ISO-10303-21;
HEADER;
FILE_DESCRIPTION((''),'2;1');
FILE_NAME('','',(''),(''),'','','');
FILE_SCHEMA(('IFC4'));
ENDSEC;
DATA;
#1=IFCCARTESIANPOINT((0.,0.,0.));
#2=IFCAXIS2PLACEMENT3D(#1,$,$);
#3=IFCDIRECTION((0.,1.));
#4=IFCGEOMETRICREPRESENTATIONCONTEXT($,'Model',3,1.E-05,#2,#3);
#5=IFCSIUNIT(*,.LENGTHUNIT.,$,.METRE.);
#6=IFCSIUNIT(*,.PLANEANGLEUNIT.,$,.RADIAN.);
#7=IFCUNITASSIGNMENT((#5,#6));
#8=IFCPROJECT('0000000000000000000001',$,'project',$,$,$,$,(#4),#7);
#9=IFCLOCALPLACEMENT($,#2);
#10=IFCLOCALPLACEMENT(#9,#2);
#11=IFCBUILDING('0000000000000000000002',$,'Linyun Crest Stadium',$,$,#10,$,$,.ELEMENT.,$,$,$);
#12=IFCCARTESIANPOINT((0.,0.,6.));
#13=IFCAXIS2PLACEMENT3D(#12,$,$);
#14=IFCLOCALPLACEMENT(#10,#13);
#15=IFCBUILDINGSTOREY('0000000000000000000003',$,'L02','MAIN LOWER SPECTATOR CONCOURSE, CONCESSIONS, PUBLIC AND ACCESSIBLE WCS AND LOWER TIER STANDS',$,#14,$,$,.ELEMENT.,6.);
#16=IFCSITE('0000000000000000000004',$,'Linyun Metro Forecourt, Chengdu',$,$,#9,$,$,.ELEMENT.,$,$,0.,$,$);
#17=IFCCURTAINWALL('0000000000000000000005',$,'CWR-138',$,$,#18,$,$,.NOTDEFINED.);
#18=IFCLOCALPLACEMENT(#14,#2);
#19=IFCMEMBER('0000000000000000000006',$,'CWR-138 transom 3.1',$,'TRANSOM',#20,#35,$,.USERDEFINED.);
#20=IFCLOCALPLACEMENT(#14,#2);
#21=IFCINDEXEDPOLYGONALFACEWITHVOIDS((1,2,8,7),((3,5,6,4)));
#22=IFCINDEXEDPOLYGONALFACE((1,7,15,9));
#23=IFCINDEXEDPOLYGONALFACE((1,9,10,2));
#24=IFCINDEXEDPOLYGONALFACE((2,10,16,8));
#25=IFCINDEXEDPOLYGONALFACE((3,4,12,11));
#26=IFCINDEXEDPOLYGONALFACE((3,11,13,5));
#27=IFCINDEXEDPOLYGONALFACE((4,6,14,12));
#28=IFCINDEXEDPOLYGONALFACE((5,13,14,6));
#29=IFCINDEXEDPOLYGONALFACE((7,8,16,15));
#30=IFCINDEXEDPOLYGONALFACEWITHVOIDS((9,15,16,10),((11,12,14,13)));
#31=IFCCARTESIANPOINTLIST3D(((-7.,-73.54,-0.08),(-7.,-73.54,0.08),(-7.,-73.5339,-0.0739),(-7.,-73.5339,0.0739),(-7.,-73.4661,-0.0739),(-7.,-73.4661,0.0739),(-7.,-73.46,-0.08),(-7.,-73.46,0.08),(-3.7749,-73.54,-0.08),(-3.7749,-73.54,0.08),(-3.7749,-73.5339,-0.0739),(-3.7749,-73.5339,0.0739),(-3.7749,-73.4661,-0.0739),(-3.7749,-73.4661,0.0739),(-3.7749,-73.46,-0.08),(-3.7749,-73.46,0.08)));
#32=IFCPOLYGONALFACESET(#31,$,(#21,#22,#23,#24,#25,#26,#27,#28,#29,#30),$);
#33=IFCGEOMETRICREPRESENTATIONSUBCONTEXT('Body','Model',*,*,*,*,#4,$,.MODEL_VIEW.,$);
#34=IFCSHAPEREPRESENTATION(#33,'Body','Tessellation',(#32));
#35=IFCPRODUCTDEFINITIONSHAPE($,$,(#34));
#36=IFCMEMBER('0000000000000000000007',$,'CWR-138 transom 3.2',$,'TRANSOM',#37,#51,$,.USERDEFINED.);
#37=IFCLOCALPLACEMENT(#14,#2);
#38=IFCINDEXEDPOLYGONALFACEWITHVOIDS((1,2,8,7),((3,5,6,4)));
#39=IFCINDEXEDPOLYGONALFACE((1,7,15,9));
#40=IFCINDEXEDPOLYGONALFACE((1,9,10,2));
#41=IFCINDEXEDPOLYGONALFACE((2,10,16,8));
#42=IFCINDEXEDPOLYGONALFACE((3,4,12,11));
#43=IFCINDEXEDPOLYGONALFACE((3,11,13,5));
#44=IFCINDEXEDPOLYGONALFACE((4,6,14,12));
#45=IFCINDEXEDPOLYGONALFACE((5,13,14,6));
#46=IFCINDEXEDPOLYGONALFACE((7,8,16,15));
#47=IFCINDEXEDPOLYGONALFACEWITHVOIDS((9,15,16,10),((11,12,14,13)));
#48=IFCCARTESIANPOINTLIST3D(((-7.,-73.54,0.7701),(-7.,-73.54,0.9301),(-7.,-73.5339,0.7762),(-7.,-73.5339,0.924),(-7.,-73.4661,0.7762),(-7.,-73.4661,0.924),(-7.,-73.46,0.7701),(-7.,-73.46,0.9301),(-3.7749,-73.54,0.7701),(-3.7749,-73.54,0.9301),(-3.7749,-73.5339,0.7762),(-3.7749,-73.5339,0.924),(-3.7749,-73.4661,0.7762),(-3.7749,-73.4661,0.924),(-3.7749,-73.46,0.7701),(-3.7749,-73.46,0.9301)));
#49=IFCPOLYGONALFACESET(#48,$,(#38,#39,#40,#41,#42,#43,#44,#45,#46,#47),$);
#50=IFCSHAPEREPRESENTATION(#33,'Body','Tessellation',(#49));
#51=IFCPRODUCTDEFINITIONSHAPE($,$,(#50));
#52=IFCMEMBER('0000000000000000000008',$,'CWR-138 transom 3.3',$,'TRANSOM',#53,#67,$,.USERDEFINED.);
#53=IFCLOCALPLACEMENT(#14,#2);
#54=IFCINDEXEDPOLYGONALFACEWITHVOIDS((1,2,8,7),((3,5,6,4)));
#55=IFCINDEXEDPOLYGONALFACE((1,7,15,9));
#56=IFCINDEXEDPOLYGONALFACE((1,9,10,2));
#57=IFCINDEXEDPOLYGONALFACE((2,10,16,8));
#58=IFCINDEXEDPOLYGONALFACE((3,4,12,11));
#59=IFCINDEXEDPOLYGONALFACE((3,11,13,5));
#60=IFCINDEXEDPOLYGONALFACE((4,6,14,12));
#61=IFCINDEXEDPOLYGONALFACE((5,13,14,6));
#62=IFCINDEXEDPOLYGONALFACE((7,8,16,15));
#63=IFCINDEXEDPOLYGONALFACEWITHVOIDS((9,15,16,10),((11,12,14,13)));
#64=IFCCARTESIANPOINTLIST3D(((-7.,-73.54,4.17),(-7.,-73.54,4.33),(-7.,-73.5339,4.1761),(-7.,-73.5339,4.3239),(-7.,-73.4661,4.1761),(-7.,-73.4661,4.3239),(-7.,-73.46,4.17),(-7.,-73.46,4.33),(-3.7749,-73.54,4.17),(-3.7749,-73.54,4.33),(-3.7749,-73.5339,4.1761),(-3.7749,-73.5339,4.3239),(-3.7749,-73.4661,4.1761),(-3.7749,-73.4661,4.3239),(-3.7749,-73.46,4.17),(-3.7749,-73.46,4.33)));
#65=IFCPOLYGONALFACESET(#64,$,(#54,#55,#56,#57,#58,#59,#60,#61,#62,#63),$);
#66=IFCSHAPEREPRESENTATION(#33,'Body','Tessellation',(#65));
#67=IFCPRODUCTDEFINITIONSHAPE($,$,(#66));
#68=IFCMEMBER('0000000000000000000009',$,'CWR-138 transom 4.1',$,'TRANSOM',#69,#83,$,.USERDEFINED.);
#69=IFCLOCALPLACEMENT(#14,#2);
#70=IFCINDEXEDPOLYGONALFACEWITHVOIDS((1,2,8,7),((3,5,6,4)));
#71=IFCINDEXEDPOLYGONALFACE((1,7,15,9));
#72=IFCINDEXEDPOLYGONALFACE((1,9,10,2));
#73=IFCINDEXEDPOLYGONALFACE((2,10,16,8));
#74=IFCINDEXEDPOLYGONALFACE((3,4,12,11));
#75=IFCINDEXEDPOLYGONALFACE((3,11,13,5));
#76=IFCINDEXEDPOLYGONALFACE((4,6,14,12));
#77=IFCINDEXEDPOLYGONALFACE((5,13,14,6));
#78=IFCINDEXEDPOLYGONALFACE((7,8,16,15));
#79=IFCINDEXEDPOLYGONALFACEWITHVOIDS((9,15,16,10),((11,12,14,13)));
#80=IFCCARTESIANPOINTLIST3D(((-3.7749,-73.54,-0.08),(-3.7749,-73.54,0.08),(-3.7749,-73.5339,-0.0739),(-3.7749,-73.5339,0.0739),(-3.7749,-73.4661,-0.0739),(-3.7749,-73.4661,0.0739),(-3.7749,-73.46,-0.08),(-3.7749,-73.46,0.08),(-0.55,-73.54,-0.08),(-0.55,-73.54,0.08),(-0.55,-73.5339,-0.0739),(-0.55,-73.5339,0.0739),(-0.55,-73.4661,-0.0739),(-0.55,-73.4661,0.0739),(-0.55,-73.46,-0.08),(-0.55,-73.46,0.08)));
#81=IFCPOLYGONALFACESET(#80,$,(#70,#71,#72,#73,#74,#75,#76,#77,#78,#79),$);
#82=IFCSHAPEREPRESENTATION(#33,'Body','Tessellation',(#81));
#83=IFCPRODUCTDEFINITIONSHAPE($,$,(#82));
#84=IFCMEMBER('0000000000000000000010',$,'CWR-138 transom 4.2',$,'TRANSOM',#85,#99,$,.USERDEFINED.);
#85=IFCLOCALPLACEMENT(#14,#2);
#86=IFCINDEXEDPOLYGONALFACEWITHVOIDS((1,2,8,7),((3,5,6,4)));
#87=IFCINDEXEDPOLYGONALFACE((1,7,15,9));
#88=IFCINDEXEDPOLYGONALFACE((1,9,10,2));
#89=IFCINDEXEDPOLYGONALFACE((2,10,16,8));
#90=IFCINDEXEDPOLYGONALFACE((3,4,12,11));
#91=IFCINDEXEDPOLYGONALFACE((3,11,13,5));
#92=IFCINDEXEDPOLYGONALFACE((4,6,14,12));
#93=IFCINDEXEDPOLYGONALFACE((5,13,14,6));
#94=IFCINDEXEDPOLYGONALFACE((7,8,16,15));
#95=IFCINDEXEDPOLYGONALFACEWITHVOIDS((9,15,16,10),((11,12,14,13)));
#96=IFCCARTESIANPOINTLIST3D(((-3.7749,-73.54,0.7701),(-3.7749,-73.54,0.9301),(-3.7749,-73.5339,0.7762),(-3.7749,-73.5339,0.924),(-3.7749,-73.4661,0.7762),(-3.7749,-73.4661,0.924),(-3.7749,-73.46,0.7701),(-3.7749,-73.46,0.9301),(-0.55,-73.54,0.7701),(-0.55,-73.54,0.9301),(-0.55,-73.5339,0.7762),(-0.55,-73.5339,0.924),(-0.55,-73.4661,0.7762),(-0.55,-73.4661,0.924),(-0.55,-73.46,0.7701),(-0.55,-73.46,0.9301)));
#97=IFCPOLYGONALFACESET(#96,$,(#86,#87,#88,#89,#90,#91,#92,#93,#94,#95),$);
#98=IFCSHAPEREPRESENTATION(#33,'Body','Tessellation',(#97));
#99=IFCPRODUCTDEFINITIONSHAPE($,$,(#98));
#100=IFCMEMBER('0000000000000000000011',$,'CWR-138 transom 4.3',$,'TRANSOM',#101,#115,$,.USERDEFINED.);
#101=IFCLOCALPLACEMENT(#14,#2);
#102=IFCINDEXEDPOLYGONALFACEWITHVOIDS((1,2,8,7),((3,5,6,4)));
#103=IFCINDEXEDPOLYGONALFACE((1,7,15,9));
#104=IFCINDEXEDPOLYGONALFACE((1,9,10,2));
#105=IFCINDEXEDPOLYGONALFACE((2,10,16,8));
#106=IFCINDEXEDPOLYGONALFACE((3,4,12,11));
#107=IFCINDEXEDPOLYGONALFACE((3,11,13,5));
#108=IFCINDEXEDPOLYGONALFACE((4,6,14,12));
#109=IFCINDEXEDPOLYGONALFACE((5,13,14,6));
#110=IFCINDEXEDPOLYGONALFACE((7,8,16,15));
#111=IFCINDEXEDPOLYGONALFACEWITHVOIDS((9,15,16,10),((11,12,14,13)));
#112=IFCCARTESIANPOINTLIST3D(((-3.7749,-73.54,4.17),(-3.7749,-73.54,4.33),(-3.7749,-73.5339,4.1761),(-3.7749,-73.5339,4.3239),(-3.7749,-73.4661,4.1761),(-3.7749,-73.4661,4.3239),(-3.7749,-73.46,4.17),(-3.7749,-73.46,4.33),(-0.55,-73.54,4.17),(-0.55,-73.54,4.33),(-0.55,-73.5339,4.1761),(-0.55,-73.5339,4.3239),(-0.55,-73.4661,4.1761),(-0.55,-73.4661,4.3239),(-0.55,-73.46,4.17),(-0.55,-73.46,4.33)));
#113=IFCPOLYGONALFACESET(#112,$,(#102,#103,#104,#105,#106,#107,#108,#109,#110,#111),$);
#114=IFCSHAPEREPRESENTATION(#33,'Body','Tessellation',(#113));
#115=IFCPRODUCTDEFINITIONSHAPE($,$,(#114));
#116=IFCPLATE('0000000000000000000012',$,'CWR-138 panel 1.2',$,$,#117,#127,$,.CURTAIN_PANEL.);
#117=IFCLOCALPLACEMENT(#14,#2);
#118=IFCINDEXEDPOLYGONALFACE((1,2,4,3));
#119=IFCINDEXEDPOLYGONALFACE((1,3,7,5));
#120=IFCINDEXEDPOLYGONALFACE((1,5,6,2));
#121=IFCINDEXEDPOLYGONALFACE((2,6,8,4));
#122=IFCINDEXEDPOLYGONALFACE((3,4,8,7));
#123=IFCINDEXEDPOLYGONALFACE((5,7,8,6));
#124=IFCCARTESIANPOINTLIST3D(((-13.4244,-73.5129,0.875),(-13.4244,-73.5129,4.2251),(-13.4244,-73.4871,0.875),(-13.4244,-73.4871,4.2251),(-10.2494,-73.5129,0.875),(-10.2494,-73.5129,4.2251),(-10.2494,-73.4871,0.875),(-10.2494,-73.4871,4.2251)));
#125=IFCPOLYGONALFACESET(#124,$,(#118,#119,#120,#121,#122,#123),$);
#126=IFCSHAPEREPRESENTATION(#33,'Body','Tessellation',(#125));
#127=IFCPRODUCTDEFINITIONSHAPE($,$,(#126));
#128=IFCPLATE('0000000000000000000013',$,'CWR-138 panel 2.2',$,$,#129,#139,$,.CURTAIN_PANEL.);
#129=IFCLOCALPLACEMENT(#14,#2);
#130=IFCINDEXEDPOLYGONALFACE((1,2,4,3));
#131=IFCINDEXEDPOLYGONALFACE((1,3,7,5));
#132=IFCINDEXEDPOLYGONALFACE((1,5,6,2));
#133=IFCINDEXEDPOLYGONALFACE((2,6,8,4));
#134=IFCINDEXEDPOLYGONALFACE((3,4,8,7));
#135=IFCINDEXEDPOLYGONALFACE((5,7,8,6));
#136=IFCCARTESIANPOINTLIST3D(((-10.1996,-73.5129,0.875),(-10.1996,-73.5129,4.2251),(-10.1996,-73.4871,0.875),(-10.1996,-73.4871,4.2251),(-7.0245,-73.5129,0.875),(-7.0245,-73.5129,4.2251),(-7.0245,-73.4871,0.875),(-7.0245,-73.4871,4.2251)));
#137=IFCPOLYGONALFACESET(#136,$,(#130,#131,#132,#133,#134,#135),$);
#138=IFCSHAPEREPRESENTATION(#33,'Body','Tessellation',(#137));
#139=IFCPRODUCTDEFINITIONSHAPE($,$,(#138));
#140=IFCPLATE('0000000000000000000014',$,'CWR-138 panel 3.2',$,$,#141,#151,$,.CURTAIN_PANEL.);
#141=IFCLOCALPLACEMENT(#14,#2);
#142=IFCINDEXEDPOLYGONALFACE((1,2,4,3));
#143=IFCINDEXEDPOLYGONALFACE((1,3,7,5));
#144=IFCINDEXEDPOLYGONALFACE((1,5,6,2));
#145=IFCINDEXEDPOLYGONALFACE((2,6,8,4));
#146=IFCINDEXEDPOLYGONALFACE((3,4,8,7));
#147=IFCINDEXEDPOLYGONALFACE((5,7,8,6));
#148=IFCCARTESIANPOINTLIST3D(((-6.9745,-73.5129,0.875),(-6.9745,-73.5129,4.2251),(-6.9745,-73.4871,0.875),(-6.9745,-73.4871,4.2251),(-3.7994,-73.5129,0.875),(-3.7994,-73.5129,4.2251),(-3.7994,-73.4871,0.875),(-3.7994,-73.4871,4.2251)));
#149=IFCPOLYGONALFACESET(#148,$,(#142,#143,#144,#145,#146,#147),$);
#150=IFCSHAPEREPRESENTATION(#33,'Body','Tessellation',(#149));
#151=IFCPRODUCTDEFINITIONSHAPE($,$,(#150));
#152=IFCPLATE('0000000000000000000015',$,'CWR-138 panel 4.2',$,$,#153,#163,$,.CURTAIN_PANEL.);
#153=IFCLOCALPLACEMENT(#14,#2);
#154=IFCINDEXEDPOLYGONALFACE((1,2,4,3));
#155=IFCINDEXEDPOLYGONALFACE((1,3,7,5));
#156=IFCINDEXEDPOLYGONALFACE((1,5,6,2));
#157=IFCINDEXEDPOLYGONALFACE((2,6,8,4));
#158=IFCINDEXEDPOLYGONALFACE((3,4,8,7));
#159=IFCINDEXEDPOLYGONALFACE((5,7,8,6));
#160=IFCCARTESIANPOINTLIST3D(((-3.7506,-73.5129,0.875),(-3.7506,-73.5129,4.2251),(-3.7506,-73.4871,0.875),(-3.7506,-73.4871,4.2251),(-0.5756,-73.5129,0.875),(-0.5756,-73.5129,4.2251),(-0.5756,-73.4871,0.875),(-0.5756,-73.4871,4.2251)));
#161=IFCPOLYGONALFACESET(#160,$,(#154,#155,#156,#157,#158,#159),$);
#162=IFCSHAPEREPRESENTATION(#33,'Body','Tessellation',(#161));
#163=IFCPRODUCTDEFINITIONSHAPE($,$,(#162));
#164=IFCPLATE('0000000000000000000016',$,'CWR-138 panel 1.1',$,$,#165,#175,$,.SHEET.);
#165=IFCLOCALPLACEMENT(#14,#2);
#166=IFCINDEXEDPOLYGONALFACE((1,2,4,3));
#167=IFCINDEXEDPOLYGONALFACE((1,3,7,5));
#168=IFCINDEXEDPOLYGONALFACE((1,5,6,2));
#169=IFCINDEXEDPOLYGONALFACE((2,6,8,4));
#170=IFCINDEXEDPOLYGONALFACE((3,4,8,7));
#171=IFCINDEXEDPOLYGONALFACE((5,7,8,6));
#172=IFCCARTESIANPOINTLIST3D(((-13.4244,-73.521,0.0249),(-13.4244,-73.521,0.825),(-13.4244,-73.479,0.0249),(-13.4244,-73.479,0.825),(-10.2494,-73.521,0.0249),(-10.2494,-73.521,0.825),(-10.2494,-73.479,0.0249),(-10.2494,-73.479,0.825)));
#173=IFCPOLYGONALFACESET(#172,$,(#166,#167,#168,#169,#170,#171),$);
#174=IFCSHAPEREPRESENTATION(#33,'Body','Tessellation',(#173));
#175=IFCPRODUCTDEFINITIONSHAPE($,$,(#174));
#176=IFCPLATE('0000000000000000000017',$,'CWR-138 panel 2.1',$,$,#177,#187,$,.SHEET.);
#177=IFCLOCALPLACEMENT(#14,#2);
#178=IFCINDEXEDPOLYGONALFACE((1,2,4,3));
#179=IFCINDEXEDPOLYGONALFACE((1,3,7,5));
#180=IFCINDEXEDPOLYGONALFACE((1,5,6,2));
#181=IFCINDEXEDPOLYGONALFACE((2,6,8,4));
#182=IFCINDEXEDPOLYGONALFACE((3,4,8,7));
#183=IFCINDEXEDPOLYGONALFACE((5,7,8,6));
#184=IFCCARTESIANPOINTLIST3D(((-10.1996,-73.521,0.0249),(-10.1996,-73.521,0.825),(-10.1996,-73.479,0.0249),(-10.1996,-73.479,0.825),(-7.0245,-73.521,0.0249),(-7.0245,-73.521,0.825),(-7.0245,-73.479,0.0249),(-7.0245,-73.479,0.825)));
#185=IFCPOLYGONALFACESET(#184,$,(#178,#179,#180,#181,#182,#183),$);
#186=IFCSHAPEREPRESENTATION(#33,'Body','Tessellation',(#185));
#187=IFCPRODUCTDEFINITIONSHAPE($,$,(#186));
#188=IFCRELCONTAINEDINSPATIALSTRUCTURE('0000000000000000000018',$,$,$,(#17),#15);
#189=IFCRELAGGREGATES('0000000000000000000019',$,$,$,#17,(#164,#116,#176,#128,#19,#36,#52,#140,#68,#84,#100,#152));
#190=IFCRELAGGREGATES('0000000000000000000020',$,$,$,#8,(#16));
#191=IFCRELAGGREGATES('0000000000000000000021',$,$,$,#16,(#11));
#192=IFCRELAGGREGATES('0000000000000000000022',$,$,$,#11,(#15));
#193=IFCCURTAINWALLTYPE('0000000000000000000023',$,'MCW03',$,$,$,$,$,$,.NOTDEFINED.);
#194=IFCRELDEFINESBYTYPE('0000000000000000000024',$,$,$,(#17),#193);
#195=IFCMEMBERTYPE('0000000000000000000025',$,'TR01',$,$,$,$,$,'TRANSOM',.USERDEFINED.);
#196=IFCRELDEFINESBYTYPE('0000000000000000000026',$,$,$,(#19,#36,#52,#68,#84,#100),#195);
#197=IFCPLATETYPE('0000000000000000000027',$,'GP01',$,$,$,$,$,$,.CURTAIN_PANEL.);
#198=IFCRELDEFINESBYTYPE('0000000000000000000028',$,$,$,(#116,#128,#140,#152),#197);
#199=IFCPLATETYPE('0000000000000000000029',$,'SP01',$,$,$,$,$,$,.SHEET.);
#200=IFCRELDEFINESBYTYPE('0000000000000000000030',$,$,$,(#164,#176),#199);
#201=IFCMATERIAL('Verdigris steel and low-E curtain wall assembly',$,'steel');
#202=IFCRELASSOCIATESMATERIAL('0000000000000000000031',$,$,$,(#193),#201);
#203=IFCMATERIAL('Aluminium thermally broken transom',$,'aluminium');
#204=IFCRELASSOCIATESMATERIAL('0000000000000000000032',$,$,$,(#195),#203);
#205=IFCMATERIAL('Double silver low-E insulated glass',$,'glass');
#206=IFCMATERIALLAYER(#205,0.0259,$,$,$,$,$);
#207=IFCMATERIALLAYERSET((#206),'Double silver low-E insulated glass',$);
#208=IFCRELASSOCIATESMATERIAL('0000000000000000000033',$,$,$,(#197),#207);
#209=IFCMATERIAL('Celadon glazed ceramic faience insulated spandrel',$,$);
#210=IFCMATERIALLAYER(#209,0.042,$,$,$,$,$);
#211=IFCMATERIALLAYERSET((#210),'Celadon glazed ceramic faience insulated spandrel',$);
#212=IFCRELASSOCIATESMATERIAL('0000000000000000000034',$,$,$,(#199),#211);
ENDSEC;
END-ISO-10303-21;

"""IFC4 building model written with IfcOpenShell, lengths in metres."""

from ifc_helpers import new_model, si_unit, direction, frame, origin, origin_2d, place, context, subcontext, project, spatial, rectangle, hollow_rectangle, extrude, material, layer, layer_set, material_profile, profile_set, type_object, element, aggregate, save


model = new_model("IFC4")

# Units and contexts
model_context = context("Model", 3, precision=1e-05, world=origin(), true_north=direction((0.0, 1.0)))
body_context = subcontext(model_context, "Body", "Model", "MODEL_VIEW")
ifc_project = project(units=[si_unit("LENGTHUNIT", "METRE"), si_unit("PLANEANGLEUNIT", "RADIAN")], contexts=[model_context])

# Site, building, storey
site_placement = place(None, origin())
site = spatial("IfcSite", under=ifc_project, at=site_placement, Name="Linyun Metro Forecourt, Chengdu", CompositionType="ELEMENT", RefElevation=0.0)
building_placement = place(site_placement, origin())
building = spatial("IfcBuilding", under=site, at=building_placement, Name="Linyun Crest Stadium", CompositionType="ELEMENT")
storey_placement = place(building_placement, frame((0.0, 0.0, 6.0)))
storey = spatial("IfcBuildingStorey", under=building, at=storey_placement, Name="L02", Description="MAIN LOWER SPECTATOR CONCOURSE, CONCESSIONS, PUBLIC AND ACCESSIBLE WCS AND LOWER TIER STANDS", CompositionType="ELEMENT", Elevation=6.0)

# Curtain wall, members, plates
ifc_material_1 = material(Name="Verdigris steel and low-E curtain wall assembly", Category="steel")
curtain_wall_type = type_object("IfcCurtainWallType", Name="MCW03", PredefinedType="NOTDEFINED", material=ifc_material_1)
curtain_wall_placement = place(storey_placement, origin())
curtain_wall = element("IfcCurtainWall", 1, at=curtain_wall_placement, inside=storey, type_object=curtain_wall_type, Name="CWR-138", PredefinedType="NOTDEFINED")
ifc_material_2 = material(Name="Aluminium thermally broken transom", Category="aluminium")
ifc_material_profile_1 = material_profile(ifc_material_2, hollow_rectangle(XDim=0.0801, YDim=0.1599, WallThickness=0.0061, at=origin_2d()), Name="RHS 160x80x6")
ifc_profile_set_1 = profile_set([ifc_material_profile_1], Name="Aluminium thermally broken transom")
member_type_1 = type_object("IfcMemberType", Name="TR01", ElementType="TRANSOM", PredefinedType="USERDEFINED", material=ifc_profile_set_1)
member_1_placement = place(storey_placement, frame((-7.0, -73.5, 0.0), z_axis=(1.0, 0.0, 0.0), x_axis=(0.0, 1.0, 0.0)))
member_1 = element("IfcMember", 2, at=member_1_placement, type_object=member_type_1, Name="CWR-138 transom 3.1", ObjectType="TRANSOM", PredefinedType="USERDEFINED", context=body_context, shape_type="SweptSolid", body=[
    extrude(hollow_rectangle(XDim=0.0801, YDim=0.1599, WallThickness=0.0061, at=origin_2d()), origin(), (0.0, 0.0, 1.0), 3.2251),
])
member_2_placement = place(storey_placement, frame((-7.0, -73.5, 0.8501), z_axis=(1.0, 0.0, 0.0), x_axis=(0.0, 1.0, 0.0)))
member_2 = element("IfcMember", 3, at=member_2_placement, type_object=member_type_1, Name="CWR-138 transom 3.2", ObjectType="TRANSOM", PredefinedType="USERDEFINED", context=body_context, shape_type="SweptSolid", body=[
    extrude(hollow_rectangle(XDim=0.0801, YDim=0.1599, WallThickness=0.0061, at=origin_2d()), origin(), (0.0, 0.0, 1.0), 3.2251),
])
member_3_placement = place(storey_placement, frame((-7.0, -73.5, 4.25), z_axis=(1.0, 0.0, 0.0), x_axis=(0.0, 1.0, 0.0)))
member_3 = element("IfcMember", 4, at=member_3_placement, type_object=member_type_1, Name="CWR-138 transom 3.3", ObjectType="TRANSOM", PredefinedType="USERDEFINED", context=body_context, shape_type="SweptSolid", body=[
    extrude(hollow_rectangle(XDim=0.0801, YDim=0.1599, WallThickness=0.0061, at=origin_2d()), origin(), (0.0, 0.0, 1.0), 3.2251),
])
member_4_placement = place(storey_placement, frame((-3.7749, -73.5, 0.0), z_axis=(1.0, 0.0, 0.0), x_axis=(0.0, 1.0, 0.0)))
member_4 = element("IfcMember", 5, at=member_4_placement, type_object=member_type_1, Name="CWR-138 transom 4.1", ObjectType="TRANSOM", PredefinedType="USERDEFINED", context=body_context, shape_type="SweptSolid", body=[
    extrude(hollow_rectangle(XDim=0.0801, YDim=0.1599, WallThickness=0.0061, at=origin_2d()), origin(), (0.0, 0.0, 1.0), 3.2249),
])
member_5_placement = place(storey_placement, frame((-3.7749, -73.5, 0.8501), z_axis=(1.0, 0.0, 0.0), x_axis=(0.0, 1.0, 0.0)))
member_5 = element("IfcMember", 6, at=member_5_placement, type_object=member_type_1, Name="CWR-138 transom 4.2", ObjectType="TRANSOM", PredefinedType="USERDEFINED", context=body_context, shape_type="SweptSolid", body=[
    extrude(hollow_rectangle(XDim=0.0801, YDim=0.1599, WallThickness=0.0061, at=origin_2d()), origin(), (0.0, 0.0, 1.0), 3.2249),
])
member_6_placement = place(storey_placement, frame((-3.7749, -73.5, 4.25), z_axis=(1.0, 0.0, 0.0), x_axis=(0.0, 1.0, 0.0)))
member_6 = element("IfcMember", 7, at=member_6_placement, type_object=member_type_1, Name="CWR-138 transom 4.3", ObjectType="TRANSOM", PredefinedType="USERDEFINED", context=body_context, shape_type="SweptSolid", body=[
    extrude(hollow_rectangle(XDim=0.0801, YDim=0.1599, WallThickness=0.0061, at=origin_2d()), origin(), (0.0, 0.0, 1.0), 3.2249),
])
ifc_material_3 = material(Name="Double silver low-E insulated glass", Category="glass")
ifc_layer_1 = layer(ifc_material_3, 0.0259)
ifc_layer_set_1 = layer_set([ifc_layer_1], Name="Double silver low-E insulated glass")
plate_type_1 = type_object("IfcPlateType", Name="GP01", PredefinedType="CURTAIN_PANEL", material=ifc_layer_set_1)
plate_1_placement = place(storey_placement, frame((-11.8369, -73.5, 0.875), z_axis=(0.0, 0.0, 1.0), x_axis=(1.0, 0.0, 0.0)))
plate_1 = element("IfcPlate", 8, at=plate_1_placement, type_object=plate_type_1, Name="CWR-138 panel 1.2", PredefinedType="CURTAIN_PANEL", context=body_context, shape_type="SweptSolid", body=[
    extrude(rectangle(XDim=3.175, YDim=0.0259, at=origin_2d()), origin(), (0.0, 0.0, 1.0), 3.3501),
])
plate_2_placement = place(storey_placement, frame((-8.6121, -73.5, 0.875), z_axis=(0.0, 0.0, 1.0), x_axis=(1.0, 0.0, 0.0)))
plate_2 = element("IfcPlate", 9, at=plate_2_placement, type_object=plate_type_1, Name="CWR-138 panel 2.2", PredefinedType="CURTAIN_PANEL", context=body_context, shape_type="SweptSolid", body=[
    extrude(rectangle(XDim=3.175, YDim=0.0259, at=origin_2d()), origin(), (0.0, 0.0, 1.0), 3.3501),
])
plate_3_placement = place(storey_placement, frame((-5.387, -73.5, 0.875), z_axis=(0.0, 0.0, 1.0), x_axis=(1.0, 0.0, 0.0)))
plate_3 = element("IfcPlate", 10, at=plate_3_placement, type_object=plate_type_1, Name="CWR-138 panel 3.2", PredefinedType="CURTAIN_PANEL", context=body_context, shape_type="SweptSolid", body=[
    extrude(rectangle(XDim=3.175, YDim=0.0259, at=origin_2d()), origin(), (0.0, 0.0, 1.0), 3.3501),
])
plate_4_placement = place(storey_placement, frame((-2.1631, -73.5, 0.875), z_axis=(0.0, 0.0, 1.0), x_axis=(1.0, 0.0, 0.0)))
plate_4 = element("IfcPlate", 11, at=plate_4_placement, type_object=plate_type_1, Name="CWR-138 panel 4.2", PredefinedType="CURTAIN_PANEL", context=body_context, shape_type="SweptSolid", body=[
    extrude(rectangle(XDim=3.175, YDim=0.0259, at=origin_2d()), origin(), (0.0, 0.0, 1.0), 3.3501),
])
ifc_material_4 = material(Name="Celadon glazed ceramic faience insulated spandrel")
ifc_layer_2 = layer(ifc_material_4, 0.042)
ifc_layer_set_2 = layer_set([ifc_layer_2], Name="Celadon glazed ceramic faience insulated spandrel")
plate_type_2 = type_object("IfcPlateType", Name="SP01", PredefinedType="SHEET", material=ifc_layer_set_2)
plate_5_placement = place(storey_placement, frame((-11.8369, -73.5, 0.0249), z_axis=(0.0, 0.0, 1.0), x_axis=(1.0, 0.0, 0.0)))
plate_5 = element("IfcPlate", 12, at=plate_5_placement, type_object=plate_type_2, Name="CWR-138 panel 1.1", PredefinedType="SHEET", context=body_context, shape_type="SweptSolid", body=[
    extrude(rectangle(XDim=3.175, YDim=0.042, at=origin_2d()), origin(), (0.0, 0.0, 1.0), 0.8),
])
plate_6_placement = place(storey_placement, frame((-8.6121, -73.5, 0.0249), z_axis=(0.0, 0.0, 1.0), x_axis=(1.0, 0.0, 0.0)))
plate_6 = element("IfcPlate", 13, at=plate_6_placement, type_object=plate_type_2, Name="CWR-138 panel 2.1", PredefinedType="SHEET", context=body_context, shape_type="SweptSolid", body=[
    extrude(rectangle(XDim=3.175, YDim=0.042, at=origin_2d()), origin(), (0.0, 0.0, 1.0), 0.8),
])
aggregate(curtain_wall, [plate_5, plate_1, plate_6, plate_2, member_1, member_2, member_3, plate_3, member_4, member_5, member_6, plate_4])

save(model, "model.ifc")
